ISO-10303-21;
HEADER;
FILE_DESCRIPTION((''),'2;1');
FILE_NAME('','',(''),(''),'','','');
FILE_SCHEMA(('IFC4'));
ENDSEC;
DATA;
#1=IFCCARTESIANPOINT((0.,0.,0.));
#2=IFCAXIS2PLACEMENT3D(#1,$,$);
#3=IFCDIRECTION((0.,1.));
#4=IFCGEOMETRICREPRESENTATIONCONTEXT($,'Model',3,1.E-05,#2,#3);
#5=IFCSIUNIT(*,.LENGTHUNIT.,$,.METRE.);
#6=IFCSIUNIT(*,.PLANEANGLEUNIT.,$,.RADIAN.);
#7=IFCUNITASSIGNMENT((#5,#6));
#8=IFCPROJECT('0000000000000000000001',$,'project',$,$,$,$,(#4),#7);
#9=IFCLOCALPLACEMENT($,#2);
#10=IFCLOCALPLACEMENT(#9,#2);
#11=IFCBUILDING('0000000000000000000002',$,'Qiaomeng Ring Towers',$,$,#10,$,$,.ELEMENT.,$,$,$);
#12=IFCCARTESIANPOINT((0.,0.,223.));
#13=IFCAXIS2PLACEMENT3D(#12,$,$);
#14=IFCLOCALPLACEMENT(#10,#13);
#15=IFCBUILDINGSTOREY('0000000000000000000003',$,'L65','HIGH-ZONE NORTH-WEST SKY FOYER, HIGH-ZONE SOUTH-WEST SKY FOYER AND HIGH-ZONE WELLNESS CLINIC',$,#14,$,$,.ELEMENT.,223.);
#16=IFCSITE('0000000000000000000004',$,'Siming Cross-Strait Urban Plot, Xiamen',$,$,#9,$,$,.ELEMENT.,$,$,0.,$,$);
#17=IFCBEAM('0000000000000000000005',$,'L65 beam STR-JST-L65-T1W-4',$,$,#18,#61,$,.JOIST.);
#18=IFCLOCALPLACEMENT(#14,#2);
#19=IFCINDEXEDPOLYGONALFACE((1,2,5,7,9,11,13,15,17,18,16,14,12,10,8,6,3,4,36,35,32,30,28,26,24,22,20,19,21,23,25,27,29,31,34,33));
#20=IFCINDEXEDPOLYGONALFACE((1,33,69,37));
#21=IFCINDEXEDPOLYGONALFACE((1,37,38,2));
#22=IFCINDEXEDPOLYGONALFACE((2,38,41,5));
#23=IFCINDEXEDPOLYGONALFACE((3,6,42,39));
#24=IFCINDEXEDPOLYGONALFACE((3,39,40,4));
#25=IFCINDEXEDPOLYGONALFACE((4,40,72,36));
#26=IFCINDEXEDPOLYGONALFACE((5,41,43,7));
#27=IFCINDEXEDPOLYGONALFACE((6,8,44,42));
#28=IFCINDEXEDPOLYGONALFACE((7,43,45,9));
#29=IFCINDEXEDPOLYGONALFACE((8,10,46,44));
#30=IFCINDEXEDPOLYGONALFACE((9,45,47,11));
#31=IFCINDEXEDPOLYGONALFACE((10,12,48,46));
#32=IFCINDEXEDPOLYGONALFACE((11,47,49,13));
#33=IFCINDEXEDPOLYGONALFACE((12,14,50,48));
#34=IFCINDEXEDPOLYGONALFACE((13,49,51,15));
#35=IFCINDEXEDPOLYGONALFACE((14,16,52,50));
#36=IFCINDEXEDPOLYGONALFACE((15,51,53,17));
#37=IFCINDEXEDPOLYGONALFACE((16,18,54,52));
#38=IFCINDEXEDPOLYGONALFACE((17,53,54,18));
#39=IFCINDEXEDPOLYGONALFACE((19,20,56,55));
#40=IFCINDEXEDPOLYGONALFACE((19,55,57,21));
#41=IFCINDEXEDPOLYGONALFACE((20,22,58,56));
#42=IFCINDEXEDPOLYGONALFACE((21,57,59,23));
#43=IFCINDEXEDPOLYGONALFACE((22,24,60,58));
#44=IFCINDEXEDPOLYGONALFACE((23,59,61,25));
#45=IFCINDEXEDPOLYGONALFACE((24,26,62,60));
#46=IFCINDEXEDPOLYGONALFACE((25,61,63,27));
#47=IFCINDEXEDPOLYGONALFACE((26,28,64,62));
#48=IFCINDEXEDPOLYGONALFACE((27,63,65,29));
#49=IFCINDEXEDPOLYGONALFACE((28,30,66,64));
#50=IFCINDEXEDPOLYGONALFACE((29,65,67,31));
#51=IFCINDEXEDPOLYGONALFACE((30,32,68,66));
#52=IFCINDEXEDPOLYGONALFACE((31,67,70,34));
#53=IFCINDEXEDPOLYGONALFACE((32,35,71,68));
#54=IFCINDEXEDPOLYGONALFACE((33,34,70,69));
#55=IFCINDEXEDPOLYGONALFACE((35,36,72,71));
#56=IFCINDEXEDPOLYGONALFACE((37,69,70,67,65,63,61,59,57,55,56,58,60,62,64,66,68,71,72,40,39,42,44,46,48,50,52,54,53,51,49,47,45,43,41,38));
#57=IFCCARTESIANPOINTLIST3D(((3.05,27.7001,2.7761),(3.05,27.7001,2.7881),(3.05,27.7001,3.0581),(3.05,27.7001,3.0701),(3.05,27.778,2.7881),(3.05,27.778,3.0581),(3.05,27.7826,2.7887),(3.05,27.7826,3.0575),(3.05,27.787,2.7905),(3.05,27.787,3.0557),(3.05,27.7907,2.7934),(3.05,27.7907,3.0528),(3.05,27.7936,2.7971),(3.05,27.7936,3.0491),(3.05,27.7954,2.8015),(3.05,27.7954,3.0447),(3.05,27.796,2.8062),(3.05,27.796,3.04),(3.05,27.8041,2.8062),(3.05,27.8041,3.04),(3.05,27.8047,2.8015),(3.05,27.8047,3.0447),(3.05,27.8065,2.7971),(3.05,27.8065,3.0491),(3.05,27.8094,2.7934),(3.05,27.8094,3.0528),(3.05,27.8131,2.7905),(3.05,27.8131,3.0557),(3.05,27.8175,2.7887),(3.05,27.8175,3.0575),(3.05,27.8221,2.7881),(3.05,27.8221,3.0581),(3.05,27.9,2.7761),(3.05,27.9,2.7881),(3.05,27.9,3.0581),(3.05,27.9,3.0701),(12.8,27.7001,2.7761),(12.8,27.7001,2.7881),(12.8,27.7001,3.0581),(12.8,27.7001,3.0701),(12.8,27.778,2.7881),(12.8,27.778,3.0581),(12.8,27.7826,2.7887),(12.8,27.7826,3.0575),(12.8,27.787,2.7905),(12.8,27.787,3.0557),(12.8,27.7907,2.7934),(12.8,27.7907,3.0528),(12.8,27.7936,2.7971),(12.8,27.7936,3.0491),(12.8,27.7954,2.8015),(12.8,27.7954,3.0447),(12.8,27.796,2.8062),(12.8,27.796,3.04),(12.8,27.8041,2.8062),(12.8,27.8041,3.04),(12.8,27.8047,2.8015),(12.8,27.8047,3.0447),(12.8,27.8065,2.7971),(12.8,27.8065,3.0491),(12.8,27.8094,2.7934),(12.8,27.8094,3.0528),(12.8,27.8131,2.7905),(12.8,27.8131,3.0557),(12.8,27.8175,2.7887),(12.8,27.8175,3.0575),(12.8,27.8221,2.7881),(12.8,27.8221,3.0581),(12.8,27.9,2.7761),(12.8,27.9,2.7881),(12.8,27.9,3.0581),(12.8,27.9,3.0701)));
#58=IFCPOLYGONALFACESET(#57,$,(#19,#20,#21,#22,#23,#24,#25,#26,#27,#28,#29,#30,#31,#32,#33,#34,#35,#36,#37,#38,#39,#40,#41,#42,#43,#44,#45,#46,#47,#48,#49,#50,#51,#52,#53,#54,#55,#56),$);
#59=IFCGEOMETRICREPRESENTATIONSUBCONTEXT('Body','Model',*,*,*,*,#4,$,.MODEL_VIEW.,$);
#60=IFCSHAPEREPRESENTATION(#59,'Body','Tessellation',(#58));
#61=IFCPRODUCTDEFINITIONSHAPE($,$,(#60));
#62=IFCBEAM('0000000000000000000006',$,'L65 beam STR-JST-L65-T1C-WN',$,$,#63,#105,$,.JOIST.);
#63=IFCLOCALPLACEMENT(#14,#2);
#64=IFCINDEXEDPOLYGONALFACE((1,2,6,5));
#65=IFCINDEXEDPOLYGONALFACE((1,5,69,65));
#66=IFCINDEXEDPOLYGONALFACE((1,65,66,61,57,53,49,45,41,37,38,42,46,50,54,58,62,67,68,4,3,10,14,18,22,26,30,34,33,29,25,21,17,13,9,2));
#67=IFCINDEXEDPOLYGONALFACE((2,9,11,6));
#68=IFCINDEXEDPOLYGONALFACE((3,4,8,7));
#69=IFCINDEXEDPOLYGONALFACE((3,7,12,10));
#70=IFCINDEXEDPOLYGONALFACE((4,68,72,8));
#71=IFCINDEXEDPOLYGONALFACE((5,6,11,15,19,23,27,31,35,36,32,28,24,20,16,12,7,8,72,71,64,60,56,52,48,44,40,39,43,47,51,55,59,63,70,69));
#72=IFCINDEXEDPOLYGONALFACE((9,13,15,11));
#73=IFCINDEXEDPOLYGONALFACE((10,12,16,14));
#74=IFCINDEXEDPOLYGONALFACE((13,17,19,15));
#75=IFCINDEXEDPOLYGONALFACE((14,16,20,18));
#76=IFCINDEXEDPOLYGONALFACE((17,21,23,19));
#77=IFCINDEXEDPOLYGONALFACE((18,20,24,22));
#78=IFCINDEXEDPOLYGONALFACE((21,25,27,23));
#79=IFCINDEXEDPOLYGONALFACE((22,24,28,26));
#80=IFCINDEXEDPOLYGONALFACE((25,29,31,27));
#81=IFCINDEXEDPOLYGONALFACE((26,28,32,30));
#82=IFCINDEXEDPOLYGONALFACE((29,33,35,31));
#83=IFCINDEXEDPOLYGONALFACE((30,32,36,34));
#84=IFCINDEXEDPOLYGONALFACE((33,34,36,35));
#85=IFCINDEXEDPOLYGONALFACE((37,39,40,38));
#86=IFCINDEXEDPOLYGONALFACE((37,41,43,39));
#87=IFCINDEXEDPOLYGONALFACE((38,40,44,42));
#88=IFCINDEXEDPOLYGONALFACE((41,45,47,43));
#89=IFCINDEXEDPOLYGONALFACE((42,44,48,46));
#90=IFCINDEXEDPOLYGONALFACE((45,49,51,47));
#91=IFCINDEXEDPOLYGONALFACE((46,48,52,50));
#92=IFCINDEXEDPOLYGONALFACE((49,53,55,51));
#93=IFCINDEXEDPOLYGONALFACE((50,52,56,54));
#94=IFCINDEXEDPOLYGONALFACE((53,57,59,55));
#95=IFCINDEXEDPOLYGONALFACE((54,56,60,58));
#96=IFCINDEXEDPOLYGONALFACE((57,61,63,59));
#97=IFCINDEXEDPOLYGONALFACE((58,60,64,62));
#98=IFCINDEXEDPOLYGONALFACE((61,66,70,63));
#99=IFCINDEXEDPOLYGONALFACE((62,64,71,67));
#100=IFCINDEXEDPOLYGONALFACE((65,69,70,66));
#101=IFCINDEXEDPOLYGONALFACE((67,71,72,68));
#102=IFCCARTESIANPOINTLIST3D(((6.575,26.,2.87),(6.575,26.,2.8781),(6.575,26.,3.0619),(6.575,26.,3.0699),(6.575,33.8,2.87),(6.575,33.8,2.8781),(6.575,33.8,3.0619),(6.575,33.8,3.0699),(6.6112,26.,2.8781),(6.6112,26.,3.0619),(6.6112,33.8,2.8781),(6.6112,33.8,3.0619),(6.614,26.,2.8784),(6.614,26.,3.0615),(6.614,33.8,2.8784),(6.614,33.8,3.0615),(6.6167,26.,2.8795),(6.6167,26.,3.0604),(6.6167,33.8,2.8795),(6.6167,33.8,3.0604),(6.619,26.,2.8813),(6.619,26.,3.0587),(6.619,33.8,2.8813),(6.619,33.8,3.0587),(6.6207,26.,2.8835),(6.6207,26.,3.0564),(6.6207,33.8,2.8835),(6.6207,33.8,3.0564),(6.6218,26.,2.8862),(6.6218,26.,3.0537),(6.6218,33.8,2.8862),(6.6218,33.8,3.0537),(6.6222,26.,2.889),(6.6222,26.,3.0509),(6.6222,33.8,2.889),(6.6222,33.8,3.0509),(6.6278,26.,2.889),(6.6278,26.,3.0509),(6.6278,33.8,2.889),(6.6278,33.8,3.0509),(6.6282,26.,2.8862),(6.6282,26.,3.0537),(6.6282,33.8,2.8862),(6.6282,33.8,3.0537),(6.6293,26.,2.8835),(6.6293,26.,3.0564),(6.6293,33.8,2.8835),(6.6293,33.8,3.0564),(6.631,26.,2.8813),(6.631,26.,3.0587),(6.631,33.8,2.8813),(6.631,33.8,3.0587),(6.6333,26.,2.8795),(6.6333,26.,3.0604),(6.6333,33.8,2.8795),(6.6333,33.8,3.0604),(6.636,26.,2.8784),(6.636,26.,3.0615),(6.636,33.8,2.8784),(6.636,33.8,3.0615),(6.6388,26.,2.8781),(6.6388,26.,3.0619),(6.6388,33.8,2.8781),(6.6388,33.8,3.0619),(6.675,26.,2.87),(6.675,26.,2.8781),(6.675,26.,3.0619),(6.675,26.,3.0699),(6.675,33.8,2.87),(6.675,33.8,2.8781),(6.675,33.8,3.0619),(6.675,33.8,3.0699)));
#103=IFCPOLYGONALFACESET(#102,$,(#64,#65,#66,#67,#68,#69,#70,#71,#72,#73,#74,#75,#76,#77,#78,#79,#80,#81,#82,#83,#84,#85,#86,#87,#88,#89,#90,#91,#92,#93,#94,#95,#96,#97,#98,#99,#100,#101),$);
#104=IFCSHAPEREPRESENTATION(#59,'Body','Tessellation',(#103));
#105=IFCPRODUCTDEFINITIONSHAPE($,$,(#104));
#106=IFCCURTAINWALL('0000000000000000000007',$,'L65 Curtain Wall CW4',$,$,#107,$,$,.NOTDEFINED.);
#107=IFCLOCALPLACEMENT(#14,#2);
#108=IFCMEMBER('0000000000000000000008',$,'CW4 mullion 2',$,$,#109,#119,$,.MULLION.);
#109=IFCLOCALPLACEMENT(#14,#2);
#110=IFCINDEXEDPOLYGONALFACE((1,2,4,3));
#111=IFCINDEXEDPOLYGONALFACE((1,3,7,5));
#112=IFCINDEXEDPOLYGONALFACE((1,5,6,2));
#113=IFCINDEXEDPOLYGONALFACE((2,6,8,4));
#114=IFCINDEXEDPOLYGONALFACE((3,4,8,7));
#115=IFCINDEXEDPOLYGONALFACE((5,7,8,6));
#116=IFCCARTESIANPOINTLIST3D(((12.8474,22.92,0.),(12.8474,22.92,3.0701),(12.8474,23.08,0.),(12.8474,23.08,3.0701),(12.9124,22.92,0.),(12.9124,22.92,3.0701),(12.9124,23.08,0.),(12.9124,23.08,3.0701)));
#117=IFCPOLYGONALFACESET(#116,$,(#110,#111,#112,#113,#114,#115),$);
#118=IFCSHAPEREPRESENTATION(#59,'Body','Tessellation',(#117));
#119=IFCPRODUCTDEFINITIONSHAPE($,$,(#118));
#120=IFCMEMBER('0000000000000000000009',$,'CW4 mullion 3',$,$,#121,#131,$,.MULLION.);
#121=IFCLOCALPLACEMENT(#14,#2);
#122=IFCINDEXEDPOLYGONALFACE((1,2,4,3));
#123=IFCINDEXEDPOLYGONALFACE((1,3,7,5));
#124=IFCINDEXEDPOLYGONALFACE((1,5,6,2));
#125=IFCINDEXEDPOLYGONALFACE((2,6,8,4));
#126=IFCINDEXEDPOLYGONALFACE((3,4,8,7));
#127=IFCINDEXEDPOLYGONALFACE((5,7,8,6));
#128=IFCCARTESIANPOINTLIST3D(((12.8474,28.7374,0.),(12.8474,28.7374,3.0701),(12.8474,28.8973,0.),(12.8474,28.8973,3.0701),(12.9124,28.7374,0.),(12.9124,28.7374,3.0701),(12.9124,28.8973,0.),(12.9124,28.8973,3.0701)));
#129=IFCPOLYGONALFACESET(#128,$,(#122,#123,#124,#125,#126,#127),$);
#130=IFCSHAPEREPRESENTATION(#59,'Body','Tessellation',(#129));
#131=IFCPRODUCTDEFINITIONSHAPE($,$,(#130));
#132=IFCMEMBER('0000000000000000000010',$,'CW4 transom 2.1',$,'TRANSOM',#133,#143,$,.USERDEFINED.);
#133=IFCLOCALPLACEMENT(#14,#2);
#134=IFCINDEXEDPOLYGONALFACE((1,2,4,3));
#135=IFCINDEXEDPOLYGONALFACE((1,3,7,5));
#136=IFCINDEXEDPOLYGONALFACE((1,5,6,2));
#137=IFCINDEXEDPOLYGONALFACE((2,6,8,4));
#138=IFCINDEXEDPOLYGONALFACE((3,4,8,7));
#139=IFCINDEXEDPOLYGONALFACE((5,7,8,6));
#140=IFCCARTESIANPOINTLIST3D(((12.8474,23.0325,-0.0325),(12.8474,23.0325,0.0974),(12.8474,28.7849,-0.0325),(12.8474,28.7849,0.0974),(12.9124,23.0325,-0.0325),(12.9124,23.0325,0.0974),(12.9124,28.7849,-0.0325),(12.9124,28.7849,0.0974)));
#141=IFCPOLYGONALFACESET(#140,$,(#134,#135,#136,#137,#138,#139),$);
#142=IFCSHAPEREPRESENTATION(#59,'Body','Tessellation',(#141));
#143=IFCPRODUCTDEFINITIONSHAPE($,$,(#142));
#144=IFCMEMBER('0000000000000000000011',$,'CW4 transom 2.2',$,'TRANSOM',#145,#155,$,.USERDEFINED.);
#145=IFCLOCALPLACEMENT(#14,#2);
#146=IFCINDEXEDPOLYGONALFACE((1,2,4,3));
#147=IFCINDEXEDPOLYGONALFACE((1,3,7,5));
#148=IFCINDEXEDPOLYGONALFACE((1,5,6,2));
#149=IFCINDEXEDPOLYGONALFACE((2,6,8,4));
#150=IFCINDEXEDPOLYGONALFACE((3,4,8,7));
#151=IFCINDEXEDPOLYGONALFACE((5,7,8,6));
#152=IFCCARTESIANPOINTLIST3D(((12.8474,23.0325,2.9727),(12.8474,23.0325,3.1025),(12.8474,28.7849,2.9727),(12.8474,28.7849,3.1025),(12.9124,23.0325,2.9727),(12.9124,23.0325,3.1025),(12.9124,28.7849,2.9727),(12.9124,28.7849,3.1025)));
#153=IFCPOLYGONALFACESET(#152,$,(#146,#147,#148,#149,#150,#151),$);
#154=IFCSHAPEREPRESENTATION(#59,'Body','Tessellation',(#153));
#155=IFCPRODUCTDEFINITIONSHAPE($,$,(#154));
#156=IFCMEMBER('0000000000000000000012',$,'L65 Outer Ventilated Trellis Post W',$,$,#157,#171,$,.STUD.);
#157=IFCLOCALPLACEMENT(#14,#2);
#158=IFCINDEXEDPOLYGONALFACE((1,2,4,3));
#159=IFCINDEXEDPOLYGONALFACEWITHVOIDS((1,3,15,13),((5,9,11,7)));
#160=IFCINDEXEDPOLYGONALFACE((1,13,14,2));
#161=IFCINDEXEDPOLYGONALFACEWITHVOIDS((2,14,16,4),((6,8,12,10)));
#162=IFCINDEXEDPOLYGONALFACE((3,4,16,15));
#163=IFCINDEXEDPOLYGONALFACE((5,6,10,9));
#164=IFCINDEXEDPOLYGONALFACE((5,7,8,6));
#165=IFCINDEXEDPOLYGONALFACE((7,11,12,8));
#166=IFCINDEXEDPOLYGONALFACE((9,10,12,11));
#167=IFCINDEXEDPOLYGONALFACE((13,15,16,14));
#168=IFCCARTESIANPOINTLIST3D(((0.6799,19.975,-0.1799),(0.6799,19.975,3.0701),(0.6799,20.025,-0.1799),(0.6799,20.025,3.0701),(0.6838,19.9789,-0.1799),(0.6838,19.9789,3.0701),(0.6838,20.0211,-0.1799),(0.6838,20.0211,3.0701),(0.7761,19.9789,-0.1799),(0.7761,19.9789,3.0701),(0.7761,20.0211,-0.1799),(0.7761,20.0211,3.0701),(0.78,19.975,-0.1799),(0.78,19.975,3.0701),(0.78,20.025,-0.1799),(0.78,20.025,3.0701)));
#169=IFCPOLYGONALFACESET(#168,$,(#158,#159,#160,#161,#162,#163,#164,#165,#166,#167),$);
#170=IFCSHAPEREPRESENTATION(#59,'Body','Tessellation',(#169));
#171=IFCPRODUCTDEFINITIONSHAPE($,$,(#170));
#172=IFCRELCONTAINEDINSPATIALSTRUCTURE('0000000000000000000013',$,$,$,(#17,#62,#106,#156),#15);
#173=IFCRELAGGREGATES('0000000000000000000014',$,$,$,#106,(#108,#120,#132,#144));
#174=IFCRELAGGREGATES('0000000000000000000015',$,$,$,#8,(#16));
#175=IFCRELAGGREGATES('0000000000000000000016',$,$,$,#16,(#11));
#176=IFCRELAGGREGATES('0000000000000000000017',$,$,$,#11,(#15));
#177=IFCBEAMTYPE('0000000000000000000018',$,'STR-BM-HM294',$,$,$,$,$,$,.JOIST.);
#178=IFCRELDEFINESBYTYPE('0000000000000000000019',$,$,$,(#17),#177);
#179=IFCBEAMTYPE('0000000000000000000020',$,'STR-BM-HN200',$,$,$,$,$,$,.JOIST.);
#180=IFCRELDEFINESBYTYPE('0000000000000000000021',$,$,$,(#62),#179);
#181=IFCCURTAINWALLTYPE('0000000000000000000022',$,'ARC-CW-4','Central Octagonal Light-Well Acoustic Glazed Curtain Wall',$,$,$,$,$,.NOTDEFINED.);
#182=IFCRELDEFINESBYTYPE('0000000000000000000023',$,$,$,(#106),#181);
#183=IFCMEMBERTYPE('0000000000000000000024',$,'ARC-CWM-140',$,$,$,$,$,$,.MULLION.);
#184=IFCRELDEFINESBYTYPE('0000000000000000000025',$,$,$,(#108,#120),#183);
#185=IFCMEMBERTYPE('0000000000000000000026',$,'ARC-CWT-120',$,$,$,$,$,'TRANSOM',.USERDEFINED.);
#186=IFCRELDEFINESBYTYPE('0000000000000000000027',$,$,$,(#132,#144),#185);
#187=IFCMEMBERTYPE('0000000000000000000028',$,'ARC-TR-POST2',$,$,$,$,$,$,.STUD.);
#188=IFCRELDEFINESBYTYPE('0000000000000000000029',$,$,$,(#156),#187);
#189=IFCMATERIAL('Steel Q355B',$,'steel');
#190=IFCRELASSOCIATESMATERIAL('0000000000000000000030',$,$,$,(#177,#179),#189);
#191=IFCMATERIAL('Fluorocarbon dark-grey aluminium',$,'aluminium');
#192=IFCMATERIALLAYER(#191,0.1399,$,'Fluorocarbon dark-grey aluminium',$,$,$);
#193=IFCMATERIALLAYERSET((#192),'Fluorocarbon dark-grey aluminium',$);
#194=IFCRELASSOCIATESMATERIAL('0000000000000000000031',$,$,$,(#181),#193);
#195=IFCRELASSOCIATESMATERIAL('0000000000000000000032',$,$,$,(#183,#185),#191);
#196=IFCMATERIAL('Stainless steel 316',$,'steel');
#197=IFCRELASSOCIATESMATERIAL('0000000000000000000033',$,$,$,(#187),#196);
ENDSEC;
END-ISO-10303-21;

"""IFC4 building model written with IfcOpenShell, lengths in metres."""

from ifc_helpers import new_model, si_unit, direction, frame, origin, origin_2d, place, context, subcontext, project, spatial, rectangle, hollow_rectangle, i_section, extrude, source, transform, mapped, material, layer, layer_set, material_profile, profile_set, type_object, element, aggregate, save


model = new_model("IFC4")

# Units and contexts
model_context = context("Model", 3, precision=1e-05, world=origin(), true_north=direction((0.0, 1.0)))
body_context = subcontext(model_context, "Body", "Model", "MODEL_VIEW")
ifc_project = project(units=[si_unit("LENGTHUNIT", "METRE"), si_unit("PLANEANGLEUNIT", "RADIAN")], contexts=[model_context])

# Site, building, storey
site_placement = place(None, origin())
site = spatial("IfcSite", under=ifc_project, at=site_placement, Name="Siming Cross-Strait Urban Plot, Xiamen", CompositionType="ELEMENT", RefElevation=0.0)
building_placement = place(site_placement, origin())
building = spatial("IfcBuilding", under=site, at=building_placement, Name="Qiaomeng Ring Towers", CompositionType="ELEMENT")
storey_placement = place(building_placement, frame((0.0, 0.0, 223.0)))
storey = spatial("IfcBuildingStorey", under=building, at=storey_placement, Name="L65", Description="HIGH-ZONE NORTH-WEST SKY FOYER, HIGH-ZONE SOUTH-WEST SKY FOYER AND HIGH-ZONE WELLNESS CLINIC", CompositionType="ELEMENT", Elevation=223.0)

# Beams
ifc_material_1 = material(Name="Steel Q355B", Category="steel")
ifc_material_profile_1 = material_profile(ifc_material_1, i_section(OverallWidth=0.2, OverallDepth=0.2939, WebThickness=0.0081, FlangeThickness=0.012, FilletRadius=0.0181, at=origin_2d()), Name="HM 294x200x8x12")
ifc_profile_set_1 = profile_set([ifc_material_profile_1], Name="Steel Q355B")
beam_type_1 = type_object("IfcBeamType", Name="STR-BM-HM294", PredefinedType="JOIST", material=ifc_profile_set_1)
shared_shape_1 = source(origin(), body_context, "Body", "SweptSolid", [
    extrude(i_section(OverallWidth=0.2, OverallDepth=0.2939, WebThickness=0.0081, FlangeThickness=0.012, FilletRadius=0.0181, at=origin_2d()), origin(), (0.0, 0.0, 1.0), 9.75),
])
for number, where, z_axis, x_axis, name in (
    (1, (3.05, 27.8, 2.9231), (1.0, 0.0, 0.0), (0.0, 1.0, 0.0), "L65 beam STR-JST-L65-T1W-4"),
):
    element("IfcBeam", number, at=place(storey_placement, frame(where, z_axis=z_axis, x_axis=x_axis)), inside=storey, type_object=beam_type_1, Name=name, PredefinedType="JOIST", context=body_context, shape_type="MappedRepresentation", body=[
        mapped(shared_shape_1, transform((0.0, 0.0, 0.0), x_axis=(1.0, 0.0, 0.0), y_axis=(0.0, 1.0, 0.0), z_axis=(0.0, 0.0, 1.0), scale=1.0)),
    ])
ifc_material_profile_2 = material_profile(ifc_material_1, i_section(OverallWidth=0.1001, OverallDepth=0.2, WebThickness=0.0056, FlangeThickness=0.0081, FilletRadius=0.011, at=origin_2d()), Name="HN 200x100x5.5x8")
ifc_profile_set_2 = profile_set([ifc_material_profile_2], Name="Steel Q355B")
beam_type_2 = type_object("IfcBeamType", Name="STR-BM-HN200", PredefinedType="JOIST", material=ifc_profile_set_2)
shared_shape_2 = source(origin(), body_context, "Body", "SweptSolid", [
    extrude(i_section(OverallWidth=0.1001, OverallDepth=0.2, WebThickness=0.0056, FlangeThickness=0.0081, FilletRadius=0.011, at=origin_2d()), origin(), (0.0, 0.0, 1.0), 7.8),
])
beam_1_placement = place(storey_placement, frame((6.625, 26.0, 2.97), z_axis=(0.0, 1.0, 0.0), x_axis=(-1.0, 0.0, 0.0)))
element("IfcBeam", 2, at=beam_1_placement, inside=storey, type_object=beam_type_2, Name="L65 beam STR-JST-L65-T1C-WN", PredefinedType="JOIST", context=body_context, shape_type="MappedRepresentation", body=[
    mapped(shared_shape_2, transform((0.0, 0.0, 0.0), x_axis=(1.0, 0.0, 0.0), y_axis=(0.0, 1.0, 0.0), z_axis=(0.0, 0.0, 1.0), scale=1.0)),
])

# Curtain wall, members
ifc_material_2 = material(Name="Fluorocarbon dark-grey aluminium", Category="aluminium")
ifc_layer_1 = layer(ifc_material_2, 0.1399, Name="Fluorocarbon dark-grey aluminium")
ifc_layer_set_1 = layer_set([ifc_layer_1], Name="Fluorocarbon dark-grey aluminium")
curtain_wall_type = type_object("IfcCurtainWallType", Name="ARC-CW-4", Description="Central Octagonal Light-Well Acoustic Glazed Curtain Wall", PredefinedType="NOTDEFINED", material=ifc_layer_set_1)
curtain_wall_placement = place(storey_placement, origin())
curtain_wall = element("IfcCurtainWall", 3, at=curtain_wall_placement, inside=storey, type_object=curtain_wall_type, Name="L65 Curtain Wall CW4", PredefinedType="NOTDEFINED")
ifc_material_profile_3 = material_profile(ifc_material_2, rectangle(XDim=0.0649, YDim=0.1599, at=origin_2d()), Name="ALU MULL 65x160")
ifc_profile_set_3 = profile_set([ifc_material_profile_3], Name="Fluorocarbon dark-grey aluminium")
member_type_1 = type_object("IfcMemberType", Name="ARC-CWM-140", PredefinedType="MULLION", material=ifc_profile_set_3)
shared_shape_3 = source(origin(), body_context, "Body", "SweptSolid", [
    extrude(rectangle(XDim=0.0649, YDim=0.1599, at=origin_2d()), origin(), (0.0, 0.0, 1.0), 3.0701),
])
member_1_placement = place(storey_placement, frame((12.8799, 23.0, 0.0), z_axis=(0.0, 0.0, 1.0), x_axis=(-1.0, 0.0, 0.0)))
member_1 = element("IfcMember", 4, at=member_1_placement, type_object=member_type_1, Name="CW4 mullion 2", PredefinedType="MULLION", context=body_context, shape_type="MappedRepresentation", body=[
    mapped(shared_shape_3, transform((0.0, 0.0, 0.0), x_axis=(1.0, 0.0, 0.0), y_axis=(0.0, 1.0, 0.0), z_axis=(0.0, 0.0, 1.0), scale=1.0)),
])
member_2_placement = place(storey_placement, frame((12.8799, 28.8174, 0.0), z_axis=(0.0, 0.0, 1.0), x_axis=(-1.0, 0.0, 0.0)))
member_2 = element("IfcMember", 5, at=member_2_placement, type_object=member_type_1, Name="CW4 mullion 3", PredefinedType="MULLION", context=body_context, shape_type="MappedRepresentation", body=[
    mapped(shared_shape_3, transform((0.0, 0.0, 0.0), x_axis=(1.0, 0.0, 0.0), y_axis=(0.0, 1.0, 0.0), z_axis=(0.0, 0.0, 1.0), scale=1.0)),
])
ifc_material_profile_4 = material_profile(ifc_material_2, rectangle(XDim=0.0649, YDim=0.1299, at=origin_2d()), Name="ALU TRAN 65x130")
ifc_profile_set_4 = profile_set([ifc_material_profile_4], Name="Fluorocarbon dark-grey aluminium")
member_type_2 = type_object("IfcMemberType", Name="ARC-CWT-120", ElementType="TRANSOM", PredefinedType="USERDEFINED", material=ifc_profile_set_4)
shared_shape_4 = source(origin(), body_context, "Body", "SweptSolid", [
    extrude(rectangle(XDim=0.0649, YDim=0.1299, at=origin_2d()), origin(), (0.0, 0.0, 1.0), 5.7524),
])
member_3_placement = place(storey_placement, frame((12.8799, 23.0325, 0.0325), z_axis=(0.0, 1.0, 0.0), x_axis=(-1.0, 0.0, 0.0)))
member_3 = element("IfcMember", 6, at=member_3_placement, type_object=member_type_2, Name="CW4 transom 2.1", ObjectType="TRANSOM", PredefinedType="USERDEFINED", context=body_context, shape_type="MappedRepresentation", body=[
    mapped(shared_shape_4, transform((0.0, 0.0, 0.0), x_axis=(1.0, 0.0, 0.0), y_axis=(0.0, 1.0, 0.0), z_axis=(0.0, 0.0, 1.0), scale=1.0)),
])
member_4_placement = place(storey_placement, frame((12.8799, 23.0325, 3.0376), z_axis=(0.0, 1.0, 0.0), x_axis=(-1.0, 0.0, 0.0)))
member_4 = element("IfcMember", 7, at=member_4_placement, type_object=member_type_2, Name="CW4 transom 2.2", ObjectType="TRANSOM", PredefinedType="USERDEFINED", context=body_context, shape_type="MappedRepresentation", body=[
    mapped(shared_shape_4, transform((0.0, 0.0, 0.0), x_axis=(1.0, 0.0, 0.0), y_axis=(0.0, 1.0, 0.0), z_axis=(0.0, 0.0, 1.0), scale=1.0)),
])

# Member
ifc_material_3 = material(Name="Stainless steel 316", Category="steel")
ifc_material_profile_5 = material_profile(ifc_material_3, hollow_rectangle(XDim=0.05, YDim=0.1001, WallThickness=0.0039, at=origin_2d()), Name="SS TRELLIS 100x50")
ifc_profile_set_5 = profile_set([ifc_material_profile_5], Name="Stainless steel 316")
member_type_3 = type_object("IfcMemberType", Name="ARC-TR-POST2", PredefinedType="STUD", material=ifc_profile_set_5)
shared_shape_5 = source(origin(), body_context, "Body", "SweptSolid", [
    extrude(hollow_rectangle(XDim=0.05, YDim=0.1001, WallThickness=0.0039, at=origin_2d()), origin(), (0.0, 0.0, 1.0), 3.25),
])
member_5_placement = place(storey_placement, frame((0.73, 20.0, -0.1799), z_axis=(0.0, 0.0, 1.0), x_axis=(0.0, 1.0, 0.0)))
element("IfcMember", 8, at=member_5_placement, inside=storey, type_object=member_type_3, Name="L65 Outer Ventilated Trellis Post W", PredefinedType="STUD", context=body_context, shape_type="MappedRepresentation", body=[
    mapped(shared_shape_5, transform((0.0, 0.0, 0.0), x_axis=(1.0, 0.0, 0.0), y_axis=(0.0, 1.0, 0.0), z_axis=(0.0, 0.0, 1.0), scale=1.0)),
])

aggregate(curtain_wall, [member_1, member_2, member_3, member_4])

save(model, "model.ifc")
